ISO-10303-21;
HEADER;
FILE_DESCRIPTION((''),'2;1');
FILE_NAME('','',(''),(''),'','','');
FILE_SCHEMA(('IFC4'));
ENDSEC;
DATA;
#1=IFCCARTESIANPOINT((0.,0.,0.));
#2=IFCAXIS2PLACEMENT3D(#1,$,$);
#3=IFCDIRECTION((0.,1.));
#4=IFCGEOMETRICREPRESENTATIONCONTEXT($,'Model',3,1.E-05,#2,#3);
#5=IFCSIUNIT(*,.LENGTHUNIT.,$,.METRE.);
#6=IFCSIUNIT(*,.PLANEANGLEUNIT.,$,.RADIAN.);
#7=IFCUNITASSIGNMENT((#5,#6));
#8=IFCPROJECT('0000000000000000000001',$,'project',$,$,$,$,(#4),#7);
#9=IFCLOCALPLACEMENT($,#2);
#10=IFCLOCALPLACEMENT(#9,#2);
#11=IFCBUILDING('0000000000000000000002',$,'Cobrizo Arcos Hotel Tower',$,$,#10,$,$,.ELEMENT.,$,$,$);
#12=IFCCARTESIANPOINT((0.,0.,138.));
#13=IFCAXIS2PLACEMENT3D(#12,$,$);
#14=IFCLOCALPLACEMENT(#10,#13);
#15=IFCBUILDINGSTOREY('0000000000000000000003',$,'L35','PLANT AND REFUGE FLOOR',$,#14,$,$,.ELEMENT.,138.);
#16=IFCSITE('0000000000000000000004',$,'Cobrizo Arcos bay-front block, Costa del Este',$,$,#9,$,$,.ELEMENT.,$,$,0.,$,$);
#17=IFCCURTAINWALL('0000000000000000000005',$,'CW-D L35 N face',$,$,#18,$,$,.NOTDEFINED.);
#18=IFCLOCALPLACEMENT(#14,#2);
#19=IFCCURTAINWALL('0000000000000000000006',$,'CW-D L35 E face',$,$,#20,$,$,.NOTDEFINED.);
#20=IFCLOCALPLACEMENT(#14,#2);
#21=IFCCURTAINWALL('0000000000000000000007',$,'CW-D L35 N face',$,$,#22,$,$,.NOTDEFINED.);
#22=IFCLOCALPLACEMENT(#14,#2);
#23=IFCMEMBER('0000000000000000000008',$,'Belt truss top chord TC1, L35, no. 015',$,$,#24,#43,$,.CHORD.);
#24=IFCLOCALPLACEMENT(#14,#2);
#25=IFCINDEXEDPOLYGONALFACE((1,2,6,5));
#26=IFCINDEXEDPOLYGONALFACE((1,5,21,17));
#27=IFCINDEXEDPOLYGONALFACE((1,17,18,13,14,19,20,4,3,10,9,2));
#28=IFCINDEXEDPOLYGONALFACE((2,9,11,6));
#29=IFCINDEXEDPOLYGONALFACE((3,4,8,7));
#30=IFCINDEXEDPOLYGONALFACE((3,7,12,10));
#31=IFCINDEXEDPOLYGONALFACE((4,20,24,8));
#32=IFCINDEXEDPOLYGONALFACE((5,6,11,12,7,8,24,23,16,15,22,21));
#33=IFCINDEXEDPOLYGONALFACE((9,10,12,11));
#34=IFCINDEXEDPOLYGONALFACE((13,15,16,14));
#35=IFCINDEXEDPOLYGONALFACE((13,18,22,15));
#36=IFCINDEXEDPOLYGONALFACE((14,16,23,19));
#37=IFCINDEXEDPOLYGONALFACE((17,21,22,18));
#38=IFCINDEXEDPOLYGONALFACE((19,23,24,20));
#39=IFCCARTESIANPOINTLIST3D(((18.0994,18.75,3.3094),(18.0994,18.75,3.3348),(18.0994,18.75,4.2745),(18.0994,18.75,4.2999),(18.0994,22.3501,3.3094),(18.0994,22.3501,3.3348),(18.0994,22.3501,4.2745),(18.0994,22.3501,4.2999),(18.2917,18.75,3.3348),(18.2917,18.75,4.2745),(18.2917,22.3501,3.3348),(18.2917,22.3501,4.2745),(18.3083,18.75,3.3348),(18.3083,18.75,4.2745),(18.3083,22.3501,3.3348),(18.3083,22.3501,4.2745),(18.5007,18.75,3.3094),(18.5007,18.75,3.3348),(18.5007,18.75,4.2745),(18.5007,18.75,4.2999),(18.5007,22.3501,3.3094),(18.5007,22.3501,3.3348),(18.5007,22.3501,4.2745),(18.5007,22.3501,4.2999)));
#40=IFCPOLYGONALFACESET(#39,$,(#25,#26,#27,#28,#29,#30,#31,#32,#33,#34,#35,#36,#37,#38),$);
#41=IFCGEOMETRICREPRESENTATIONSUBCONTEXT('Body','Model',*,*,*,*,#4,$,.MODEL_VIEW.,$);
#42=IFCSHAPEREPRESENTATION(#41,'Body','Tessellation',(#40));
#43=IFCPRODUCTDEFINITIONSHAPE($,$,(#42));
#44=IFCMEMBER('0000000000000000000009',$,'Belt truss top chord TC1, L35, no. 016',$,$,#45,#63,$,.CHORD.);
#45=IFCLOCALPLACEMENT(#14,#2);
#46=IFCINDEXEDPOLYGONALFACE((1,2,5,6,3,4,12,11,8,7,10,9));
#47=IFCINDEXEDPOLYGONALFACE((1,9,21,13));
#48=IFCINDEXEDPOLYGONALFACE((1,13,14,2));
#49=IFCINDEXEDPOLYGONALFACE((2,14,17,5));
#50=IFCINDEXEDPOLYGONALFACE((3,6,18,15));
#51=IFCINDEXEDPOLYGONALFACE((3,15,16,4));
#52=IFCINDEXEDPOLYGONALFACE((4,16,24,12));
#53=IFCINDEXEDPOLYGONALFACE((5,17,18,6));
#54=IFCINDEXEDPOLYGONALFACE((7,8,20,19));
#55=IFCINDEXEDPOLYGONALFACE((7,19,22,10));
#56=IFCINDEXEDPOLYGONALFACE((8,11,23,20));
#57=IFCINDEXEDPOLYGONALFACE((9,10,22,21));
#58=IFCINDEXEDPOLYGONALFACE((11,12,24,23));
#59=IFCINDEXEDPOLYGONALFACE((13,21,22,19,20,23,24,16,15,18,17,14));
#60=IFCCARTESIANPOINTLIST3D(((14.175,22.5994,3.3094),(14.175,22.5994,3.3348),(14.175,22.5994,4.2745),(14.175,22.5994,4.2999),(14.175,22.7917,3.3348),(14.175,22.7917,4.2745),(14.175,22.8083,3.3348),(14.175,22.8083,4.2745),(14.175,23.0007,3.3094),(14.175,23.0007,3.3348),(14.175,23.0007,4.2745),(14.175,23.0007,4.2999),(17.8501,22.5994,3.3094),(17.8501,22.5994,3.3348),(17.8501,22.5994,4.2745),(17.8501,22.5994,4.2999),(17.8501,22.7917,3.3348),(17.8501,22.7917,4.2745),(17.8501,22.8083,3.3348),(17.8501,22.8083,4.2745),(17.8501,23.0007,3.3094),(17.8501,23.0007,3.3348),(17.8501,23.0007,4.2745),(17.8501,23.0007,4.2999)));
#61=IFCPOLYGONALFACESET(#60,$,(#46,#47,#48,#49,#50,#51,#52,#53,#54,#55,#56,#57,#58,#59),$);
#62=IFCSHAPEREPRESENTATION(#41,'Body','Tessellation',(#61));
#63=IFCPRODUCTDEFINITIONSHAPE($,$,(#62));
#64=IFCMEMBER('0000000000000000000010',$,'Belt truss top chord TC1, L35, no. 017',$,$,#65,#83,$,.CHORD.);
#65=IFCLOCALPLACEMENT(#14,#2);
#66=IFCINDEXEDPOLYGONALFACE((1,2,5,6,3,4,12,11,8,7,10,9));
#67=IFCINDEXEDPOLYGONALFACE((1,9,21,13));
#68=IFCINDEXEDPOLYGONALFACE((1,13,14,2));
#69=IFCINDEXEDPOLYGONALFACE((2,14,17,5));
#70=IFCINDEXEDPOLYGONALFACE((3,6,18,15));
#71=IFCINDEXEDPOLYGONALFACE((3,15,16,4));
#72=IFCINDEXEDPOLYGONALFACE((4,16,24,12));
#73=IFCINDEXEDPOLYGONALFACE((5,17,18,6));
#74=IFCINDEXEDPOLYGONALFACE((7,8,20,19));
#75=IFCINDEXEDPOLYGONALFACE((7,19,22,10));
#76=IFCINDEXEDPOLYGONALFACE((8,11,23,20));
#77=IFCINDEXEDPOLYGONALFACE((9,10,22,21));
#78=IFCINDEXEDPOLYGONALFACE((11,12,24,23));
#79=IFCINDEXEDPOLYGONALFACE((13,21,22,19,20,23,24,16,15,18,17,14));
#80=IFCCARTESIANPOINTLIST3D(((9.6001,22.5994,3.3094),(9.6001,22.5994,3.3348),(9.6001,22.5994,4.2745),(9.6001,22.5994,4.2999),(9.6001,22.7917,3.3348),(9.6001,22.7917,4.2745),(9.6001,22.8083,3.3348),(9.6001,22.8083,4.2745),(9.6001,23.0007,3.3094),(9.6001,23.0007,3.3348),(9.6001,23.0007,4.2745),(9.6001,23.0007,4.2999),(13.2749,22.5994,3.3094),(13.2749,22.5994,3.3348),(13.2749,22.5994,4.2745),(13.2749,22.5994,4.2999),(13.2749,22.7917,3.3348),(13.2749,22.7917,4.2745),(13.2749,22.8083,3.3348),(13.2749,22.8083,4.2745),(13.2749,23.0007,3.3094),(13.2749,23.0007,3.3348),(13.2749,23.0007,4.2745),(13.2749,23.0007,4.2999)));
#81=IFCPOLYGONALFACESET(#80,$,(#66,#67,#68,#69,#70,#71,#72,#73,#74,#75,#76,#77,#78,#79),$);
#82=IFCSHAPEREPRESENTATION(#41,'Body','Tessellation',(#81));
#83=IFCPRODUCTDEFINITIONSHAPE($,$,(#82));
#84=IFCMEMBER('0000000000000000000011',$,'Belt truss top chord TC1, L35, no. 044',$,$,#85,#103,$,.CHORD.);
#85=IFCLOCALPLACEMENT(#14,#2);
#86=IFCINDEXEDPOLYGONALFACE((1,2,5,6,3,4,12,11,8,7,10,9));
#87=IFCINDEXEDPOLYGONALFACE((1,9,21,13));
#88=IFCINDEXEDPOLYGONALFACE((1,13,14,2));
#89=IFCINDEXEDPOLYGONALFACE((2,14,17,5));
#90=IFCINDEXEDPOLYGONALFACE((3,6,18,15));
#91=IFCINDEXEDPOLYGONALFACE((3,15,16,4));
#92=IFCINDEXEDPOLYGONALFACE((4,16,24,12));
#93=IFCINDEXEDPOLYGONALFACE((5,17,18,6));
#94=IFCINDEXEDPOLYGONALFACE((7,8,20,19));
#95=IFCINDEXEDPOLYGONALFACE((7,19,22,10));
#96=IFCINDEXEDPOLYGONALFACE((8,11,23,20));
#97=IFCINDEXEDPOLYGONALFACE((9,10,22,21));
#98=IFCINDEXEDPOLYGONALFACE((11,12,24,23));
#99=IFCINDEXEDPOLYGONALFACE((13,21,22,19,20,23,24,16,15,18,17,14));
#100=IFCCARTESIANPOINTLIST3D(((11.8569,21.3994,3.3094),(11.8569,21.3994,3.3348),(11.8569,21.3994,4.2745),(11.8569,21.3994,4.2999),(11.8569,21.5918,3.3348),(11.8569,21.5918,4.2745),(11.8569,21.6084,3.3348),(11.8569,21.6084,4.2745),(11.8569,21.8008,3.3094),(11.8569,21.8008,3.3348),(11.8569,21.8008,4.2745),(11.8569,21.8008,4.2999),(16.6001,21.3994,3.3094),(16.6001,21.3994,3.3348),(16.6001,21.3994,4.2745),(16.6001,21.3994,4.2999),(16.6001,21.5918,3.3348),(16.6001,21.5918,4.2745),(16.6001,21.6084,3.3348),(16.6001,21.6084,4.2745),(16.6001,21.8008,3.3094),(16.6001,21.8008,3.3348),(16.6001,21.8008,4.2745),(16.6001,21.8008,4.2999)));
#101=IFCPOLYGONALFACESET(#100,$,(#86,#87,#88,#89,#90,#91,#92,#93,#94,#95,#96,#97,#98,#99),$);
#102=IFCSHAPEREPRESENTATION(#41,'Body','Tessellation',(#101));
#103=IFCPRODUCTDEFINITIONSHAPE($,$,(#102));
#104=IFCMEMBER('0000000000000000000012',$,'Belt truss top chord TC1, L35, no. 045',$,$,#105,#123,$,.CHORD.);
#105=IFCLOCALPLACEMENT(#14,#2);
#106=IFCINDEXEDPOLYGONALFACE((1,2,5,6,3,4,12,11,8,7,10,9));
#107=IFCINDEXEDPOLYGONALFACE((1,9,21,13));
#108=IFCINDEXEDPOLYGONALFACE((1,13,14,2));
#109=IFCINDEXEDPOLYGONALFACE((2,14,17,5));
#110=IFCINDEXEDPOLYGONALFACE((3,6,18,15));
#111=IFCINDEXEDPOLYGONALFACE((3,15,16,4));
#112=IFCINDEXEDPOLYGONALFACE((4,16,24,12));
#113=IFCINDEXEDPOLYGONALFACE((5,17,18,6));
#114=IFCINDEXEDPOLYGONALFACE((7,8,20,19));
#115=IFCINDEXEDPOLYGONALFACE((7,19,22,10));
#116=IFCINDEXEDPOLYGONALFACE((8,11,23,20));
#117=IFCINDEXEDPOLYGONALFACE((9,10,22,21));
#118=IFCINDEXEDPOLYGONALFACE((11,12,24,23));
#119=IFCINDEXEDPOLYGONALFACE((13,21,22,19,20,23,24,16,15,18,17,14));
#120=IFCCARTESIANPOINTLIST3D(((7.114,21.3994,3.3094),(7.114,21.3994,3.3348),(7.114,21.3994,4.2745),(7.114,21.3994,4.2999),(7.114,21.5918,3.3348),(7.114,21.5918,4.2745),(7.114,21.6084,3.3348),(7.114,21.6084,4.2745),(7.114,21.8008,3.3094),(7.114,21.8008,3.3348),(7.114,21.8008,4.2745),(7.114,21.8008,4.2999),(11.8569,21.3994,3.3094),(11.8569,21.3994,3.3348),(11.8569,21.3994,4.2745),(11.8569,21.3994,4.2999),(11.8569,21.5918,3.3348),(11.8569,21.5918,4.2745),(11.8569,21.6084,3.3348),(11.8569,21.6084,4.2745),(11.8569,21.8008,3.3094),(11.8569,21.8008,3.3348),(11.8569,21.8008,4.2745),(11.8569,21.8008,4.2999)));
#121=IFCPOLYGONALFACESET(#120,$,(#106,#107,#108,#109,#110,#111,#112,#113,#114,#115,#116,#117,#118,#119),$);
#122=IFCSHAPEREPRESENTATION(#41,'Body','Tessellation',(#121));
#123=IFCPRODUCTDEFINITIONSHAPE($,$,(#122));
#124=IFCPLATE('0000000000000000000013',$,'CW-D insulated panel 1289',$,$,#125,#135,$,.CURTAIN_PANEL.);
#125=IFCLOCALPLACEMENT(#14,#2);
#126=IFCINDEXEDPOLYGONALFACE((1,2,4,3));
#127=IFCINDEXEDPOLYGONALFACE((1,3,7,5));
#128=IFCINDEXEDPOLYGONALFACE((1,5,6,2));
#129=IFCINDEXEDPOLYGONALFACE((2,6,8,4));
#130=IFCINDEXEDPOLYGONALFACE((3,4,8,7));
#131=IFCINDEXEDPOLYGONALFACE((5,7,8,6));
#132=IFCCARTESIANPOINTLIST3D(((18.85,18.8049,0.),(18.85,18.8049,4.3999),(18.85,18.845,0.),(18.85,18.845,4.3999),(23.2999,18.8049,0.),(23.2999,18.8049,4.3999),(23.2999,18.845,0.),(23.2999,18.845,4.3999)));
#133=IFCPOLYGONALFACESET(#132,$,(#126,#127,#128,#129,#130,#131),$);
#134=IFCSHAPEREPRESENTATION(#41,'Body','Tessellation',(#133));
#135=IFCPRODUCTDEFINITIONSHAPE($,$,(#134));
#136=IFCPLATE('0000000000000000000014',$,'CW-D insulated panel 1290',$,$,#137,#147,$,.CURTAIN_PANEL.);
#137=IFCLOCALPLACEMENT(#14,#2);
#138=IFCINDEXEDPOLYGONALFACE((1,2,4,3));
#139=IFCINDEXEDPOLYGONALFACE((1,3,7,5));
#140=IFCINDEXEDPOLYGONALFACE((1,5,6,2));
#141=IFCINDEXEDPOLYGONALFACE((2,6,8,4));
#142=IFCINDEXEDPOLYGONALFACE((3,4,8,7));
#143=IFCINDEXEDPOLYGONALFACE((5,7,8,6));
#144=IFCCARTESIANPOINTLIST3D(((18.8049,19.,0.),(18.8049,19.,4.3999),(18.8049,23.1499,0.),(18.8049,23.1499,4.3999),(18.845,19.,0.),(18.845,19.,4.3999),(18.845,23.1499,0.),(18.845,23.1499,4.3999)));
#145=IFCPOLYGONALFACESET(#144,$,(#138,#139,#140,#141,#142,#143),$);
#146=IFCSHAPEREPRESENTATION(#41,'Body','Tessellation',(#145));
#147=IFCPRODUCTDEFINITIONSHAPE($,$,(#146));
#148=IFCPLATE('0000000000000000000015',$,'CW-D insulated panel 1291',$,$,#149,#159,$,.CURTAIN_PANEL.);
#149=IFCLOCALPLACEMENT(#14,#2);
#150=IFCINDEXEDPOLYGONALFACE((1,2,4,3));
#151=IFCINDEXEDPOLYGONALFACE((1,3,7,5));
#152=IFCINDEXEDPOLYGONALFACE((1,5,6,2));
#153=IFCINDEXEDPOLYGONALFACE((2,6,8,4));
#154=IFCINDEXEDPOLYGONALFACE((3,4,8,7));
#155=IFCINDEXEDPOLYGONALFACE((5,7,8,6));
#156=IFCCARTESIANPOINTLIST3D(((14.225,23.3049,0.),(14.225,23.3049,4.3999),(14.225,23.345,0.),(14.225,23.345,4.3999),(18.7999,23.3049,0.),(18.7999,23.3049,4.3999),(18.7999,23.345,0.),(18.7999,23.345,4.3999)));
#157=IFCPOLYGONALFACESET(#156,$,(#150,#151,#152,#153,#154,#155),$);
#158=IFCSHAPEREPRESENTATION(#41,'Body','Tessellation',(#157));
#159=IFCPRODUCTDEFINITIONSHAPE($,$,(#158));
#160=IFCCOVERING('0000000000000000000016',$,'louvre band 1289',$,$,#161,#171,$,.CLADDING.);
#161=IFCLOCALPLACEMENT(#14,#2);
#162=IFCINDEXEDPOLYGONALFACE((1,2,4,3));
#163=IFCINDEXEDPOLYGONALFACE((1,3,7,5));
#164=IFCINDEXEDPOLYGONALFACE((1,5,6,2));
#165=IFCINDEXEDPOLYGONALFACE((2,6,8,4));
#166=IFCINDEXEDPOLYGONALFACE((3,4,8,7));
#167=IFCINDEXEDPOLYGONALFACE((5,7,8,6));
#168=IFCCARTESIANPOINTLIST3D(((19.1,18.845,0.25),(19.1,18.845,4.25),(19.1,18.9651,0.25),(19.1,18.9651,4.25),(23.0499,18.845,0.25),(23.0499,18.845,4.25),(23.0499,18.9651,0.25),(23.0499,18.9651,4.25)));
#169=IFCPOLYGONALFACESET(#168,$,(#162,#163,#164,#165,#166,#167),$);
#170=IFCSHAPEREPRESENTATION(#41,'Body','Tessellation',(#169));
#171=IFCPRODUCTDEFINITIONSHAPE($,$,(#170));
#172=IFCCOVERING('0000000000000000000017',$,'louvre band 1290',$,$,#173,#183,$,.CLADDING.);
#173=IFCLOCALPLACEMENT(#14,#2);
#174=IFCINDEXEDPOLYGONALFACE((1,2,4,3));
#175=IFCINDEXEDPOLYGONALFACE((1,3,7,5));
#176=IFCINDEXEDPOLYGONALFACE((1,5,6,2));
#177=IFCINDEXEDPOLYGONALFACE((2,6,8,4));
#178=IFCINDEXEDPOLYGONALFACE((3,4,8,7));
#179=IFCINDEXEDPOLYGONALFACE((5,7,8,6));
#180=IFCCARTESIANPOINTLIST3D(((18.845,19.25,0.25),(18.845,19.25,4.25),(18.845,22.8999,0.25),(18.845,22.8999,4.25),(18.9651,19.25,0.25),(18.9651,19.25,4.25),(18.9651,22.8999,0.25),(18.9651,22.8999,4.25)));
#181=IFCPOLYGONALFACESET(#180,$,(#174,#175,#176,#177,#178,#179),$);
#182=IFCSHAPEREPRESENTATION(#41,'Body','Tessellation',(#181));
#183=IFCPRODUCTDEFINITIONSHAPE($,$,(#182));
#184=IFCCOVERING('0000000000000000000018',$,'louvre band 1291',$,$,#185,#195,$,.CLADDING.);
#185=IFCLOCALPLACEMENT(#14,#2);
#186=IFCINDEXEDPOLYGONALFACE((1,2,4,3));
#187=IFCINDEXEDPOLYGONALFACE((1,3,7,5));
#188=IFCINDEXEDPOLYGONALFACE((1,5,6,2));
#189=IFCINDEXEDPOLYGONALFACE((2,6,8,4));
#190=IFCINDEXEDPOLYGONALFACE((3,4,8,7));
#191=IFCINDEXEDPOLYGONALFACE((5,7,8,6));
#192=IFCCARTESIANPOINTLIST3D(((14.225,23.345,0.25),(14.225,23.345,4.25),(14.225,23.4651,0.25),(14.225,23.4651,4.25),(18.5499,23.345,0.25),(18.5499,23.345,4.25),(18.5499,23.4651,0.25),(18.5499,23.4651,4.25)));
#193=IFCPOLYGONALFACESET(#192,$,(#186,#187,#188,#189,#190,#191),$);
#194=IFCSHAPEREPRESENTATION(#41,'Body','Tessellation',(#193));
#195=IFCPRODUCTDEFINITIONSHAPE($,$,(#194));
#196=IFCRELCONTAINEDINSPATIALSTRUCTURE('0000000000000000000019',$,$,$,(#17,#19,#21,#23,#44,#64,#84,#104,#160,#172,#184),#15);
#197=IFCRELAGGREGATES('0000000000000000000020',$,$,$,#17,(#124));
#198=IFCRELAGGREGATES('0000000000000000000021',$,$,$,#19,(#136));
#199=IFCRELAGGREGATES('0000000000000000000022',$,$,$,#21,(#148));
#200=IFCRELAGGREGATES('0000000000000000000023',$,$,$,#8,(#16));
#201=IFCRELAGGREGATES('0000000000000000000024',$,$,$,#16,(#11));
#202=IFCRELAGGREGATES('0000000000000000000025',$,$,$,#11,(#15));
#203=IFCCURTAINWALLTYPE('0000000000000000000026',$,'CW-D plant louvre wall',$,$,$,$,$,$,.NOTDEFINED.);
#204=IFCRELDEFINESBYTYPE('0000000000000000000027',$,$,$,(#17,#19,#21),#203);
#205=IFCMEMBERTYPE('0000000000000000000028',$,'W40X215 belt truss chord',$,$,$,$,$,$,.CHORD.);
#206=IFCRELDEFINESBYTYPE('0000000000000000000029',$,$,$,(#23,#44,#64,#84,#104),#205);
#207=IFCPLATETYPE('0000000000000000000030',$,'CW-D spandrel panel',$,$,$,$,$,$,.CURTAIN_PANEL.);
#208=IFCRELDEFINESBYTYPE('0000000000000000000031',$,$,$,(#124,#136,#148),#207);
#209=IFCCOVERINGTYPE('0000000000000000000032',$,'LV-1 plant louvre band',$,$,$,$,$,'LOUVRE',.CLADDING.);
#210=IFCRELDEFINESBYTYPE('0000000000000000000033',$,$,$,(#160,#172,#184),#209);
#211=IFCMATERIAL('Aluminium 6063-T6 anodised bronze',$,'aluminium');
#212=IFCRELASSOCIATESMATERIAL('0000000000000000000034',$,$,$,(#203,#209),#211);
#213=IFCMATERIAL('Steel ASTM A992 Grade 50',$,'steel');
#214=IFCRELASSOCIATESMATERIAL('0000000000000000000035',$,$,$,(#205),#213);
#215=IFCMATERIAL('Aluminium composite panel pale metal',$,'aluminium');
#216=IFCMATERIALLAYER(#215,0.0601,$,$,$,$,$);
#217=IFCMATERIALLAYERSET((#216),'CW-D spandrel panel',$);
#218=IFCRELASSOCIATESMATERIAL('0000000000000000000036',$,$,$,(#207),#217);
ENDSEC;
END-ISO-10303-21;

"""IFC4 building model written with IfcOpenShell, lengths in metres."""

from ifc_helpers import new_model, si_unit, direction, frame, origin, origin_2d, place, context, subcontext, project, spatial, rectangle, i_section, extrude, material, layer, layer_set, material_profile, profile_set, type_object, element, aggregate, save


model = new_model("IFC4")

# Units and contexts
model_context = context("Model", 3, precision=1e-05, world=origin(), true_north=direction((0.0, 1.0)))
body_context = subcontext(model_context, "Body", "Model", "MODEL_VIEW")
ifc_project = project(units=[si_unit("LENGTHUNIT", "METRE"), si_unit("PLANEANGLEUNIT", "RADIAN")], contexts=[model_context])

# Site, building, storey
site_placement = place(None, origin())
site = spatial("IfcSite", under=ifc_project, at=site_placement, Name="Cobrizo Arcos bay-front block, Costa del Este", CompositionType="ELEMENT", RefElevation=0.0)
building_placement = place(site_placement, origin())
building = spatial("IfcBuilding", under=site, at=building_placement, Name="Cobrizo Arcos Hotel Tower", CompositionType="ELEMENT")
storey_placement = place(building_placement, frame((0.0, 0.0, 138.0)))
storey = spatial("IfcBuildingStorey", under=building, at=storey_placement, Name="L35", Description="PLANT AND REFUGE FLOOR", CompositionType="ELEMENT", Elevation=138.0)

# Shared definitions
ifc_material_1 = material(Name="Aluminium 6063-T6 anodised bronze", Category="aluminium")
curtain_wall_type = type_object("IfcCurtainWallType", Name="CW-D plant louvre wall", PredefinedType="NOTDEFINED", material=ifc_material_1)

# Curtain walls
curtain_wall_1_placement = place(storey_placement, origin())
curtain_wall_1 = element("IfcCurtainWall", 1, at=curtain_wall_1_placement, inside=storey, type_object=curtain_wall_type, Name="CW-D L35 N face", PredefinedType="NOTDEFINED")
curtain_wall_2_placement = place(storey_placement, origin())
curtain_wall_2 = element("IfcCurtainWall", 2, at=curtain_wall_2_placement, inside=storey, type_object=curtain_wall_type, Name="CW-D L35 E face", PredefinedType="NOTDEFINED")
curtain_wall_3_placement = place(storey_placement, origin())
curtain_wall_3 = element("IfcCurtainWall", 3, at=curtain_wall_3_placement, inside=storey, type_object=curtain_wall_type, Name="CW-D L35 N face", PredefinedType="NOTDEFINED")

# Members
ifc_material_2 = material(Name="Steel ASTM A992 Grade 50", Category="steel")
ifc_material_profile_1 = material_profile(ifc_material_2, i_section(OverallWidth=0.4014, OverallDepth=0.9905, WebThickness=0.0166, FlangeThickness=0.0254, at=origin_2d()), Name="W40X215")
ifc_profile_set_1 = profile_set([ifc_material_profile_1], Name="Steel ASTM A992 Grade 50")
member_type_1 = type_object("IfcMemberType", Name="W40X215 belt truss chord", PredefinedType="CHORD", material=ifc_profile_set_1)
for number, where, z_axis, x_axis, name in (
    (4, (18.3, 18.75, 3.8047), (0.0, 1.0, 0.0), (-1.0, 0.0, 0.0), "Belt truss top chord TC1, L35, no. 015"),
):
    element("IfcMember", number, at=place(storey_placement, frame(where, z_axis=z_axis, x_axis=x_axis)), inside=storey, type_object=member_type_1, Name=name, PredefinedType="CHORD", context=body_context, shape_type="SweptSolid", body=[
        extrude(i_section(OverallWidth=0.4014, OverallDepth=0.9905, WebThickness=0.0166, FlangeThickness=0.0254, at=origin_2d()), origin(), (0.0, 0.0, 1.0), 3.6001),
    ])
member_1_placement = place(storey_placement, frame((17.8501, 22.8, 3.8047), z_axis=(-1.0, 0.0, 0.0), x_axis=(0.0, -1.0, 0.0)))
element("IfcMember", 5, at=member_1_placement, inside=storey, type_object=member_type_1, Name="Belt truss top chord TC1, L35, no. 016", PredefinedType="CHORD", context=body_context, shape_type="SweptSolid", body=[
    extrude(i_section(OverallWidth=0.4014, OverallDepth=0.9905, WebThickness=0.0166, FlangeThickness=0.0254, at=origin_2d()), origin(), (0.0, 0.0, 1.0), 3.675),
])
member_2_placement = place(storey_placement, frame((13.2749, 22.8, 3.8047), z_axis=(-1.0, 0.0, 0.0), x_axis=(0.0, -1.0, 0.0)))
element("IfcMember", 6, at=member_2_placement, inside=storey, type_object=member_type_1, Name="Belt truss top chord TC1, L35, no. 017", PredefinedType="CHORD", context=body_context, shape_type="SweptSolid", body=[
    extrude(i_section(OverallWidth=0.4014, OverallDepth=0.9905, WebThickness=0.0166, FlangeThickness=0.0254, at=origin_2d()), origin(), (0.0, 0.0, 1.0), 3.6748),
])
member_3_placement = place(storey_placement, frame((16.6001, 21.6001, 3.8047), z_axis=(-1.0, 0.0, 0.0), x_axis=(0.0, -1.0, 0.0)))
element("IfcMember", 7, at=member_3_placement, inside=storey, type_object=member_type_1, Name="Belt truss top chord TC1, L35, no. 044", PredefinedType="CHORD", context=body_context, shape_type="SweptSolid", body=[
    extrude(i_section(OverallWidth=0.4014, OverallDepth=0.9905, WebThickness=0.0166, FlangeThickness=0.0254, at=origin_2d()), origin(), (0.0, 0.0, 1.0), 4.7432),
])
member_4_placement = place(storey_placement, frame((11.8569, 21.6001, 3.8047), z_axis=(-1.0, 0.0, 0.0), x_axis=(0.0, -1.0, 0.0)))
element("IfcMember", 8, at=member_4_placement, inside=storey, type_object=member_type_1, Name="Belt truss top chord TC1, L35, no. 045", PredefinedType="CHORD", context=body_context, shape_type="SweptSolid", body=[
    extrude(i_section(OverallWidth=0.4014, OverallDepth=0.9905, WebThickness=0.0166, FlangeThickness=0.0254, at=origin_2d()), origin(), (0.0, 0.0, 1.0), 4.7429),
])

# Plates
ifc_material_3 = material(Name="Aluminium composite panel pale metal", Category="aluminium")
ifc_layer = layer(ifc_material_3, 0.0601)
ifc_layer_set = layer_set([ifc_layer], Name="CW-D spandrel panel")
plate_type = type_object("IfcPlateType", Name="CW-D spandrel panel", PredefinedType="CURTAIN_PANEL", material=ifc_layer_set)
plate_1_placement = place(storey_placement, frame((21.075, 18.825, 0.0), z_axis=(0.0, 0.0, 1.0), x_axis=(-1.0, 0.0, 0.0)))
plate_1 = element("IfcPlate", 9, at=plate_1_placement, type_object=plate_type, Name="CW-D insulated panel 1289", PredefinedType="CURTAIN_PANEL", context=body_context, shape_type="SweptSolid", body=[
    extrude(rectangle(XDim=4.45, YDim=0.04, at=origin_2d()), origin(), (0.0, 0.0, 1.0), 4.3999),
])
aggregate(curtain_wall_1, [plate_1])
plate_2_placement = place(storey_placement, frame((18.825, 21.075, 0.0), z_axis=(0.0, 0.0, 1.0), x_axis=(0.0, 1.0, 0.0)))
plate_2 = element("IfcPlate", 10, at=plate_2_placement, type_object=plate_type, Name="CW-D insulated panel 1290", PredefinedType="CURTAIN_PANEL", context=body_context, shape_type="SweptSolid", body=[
    extrude(rectangle(XDim=4.1499, YDim=0.04, at=origin_2d()), origin(), (0.0, 0.0, 1.0), 4.3999),
])
aggregate(curtain_wall_2, [plate_2])
plate_3_placement = place(storey_placement, frame((16.5125, 23.325, 0.0), z_axis=(0.0, 0.0, 1.0), x_axis=(-1.0, 0.0, 0.0)))
plate_3 = element("IfcPlate", 11, at=plate_3_placement, type_object=plate_type, Name="CW-D insulated panel 1291", PredefinedType="CURTAIN_PANEL", context=body_context, shape_type="SweptSolid", body=[
    extrude(rectangle(XDim=4.575, YDim=0.04, at=origin_2d()), origin(), (0.0, 0.0, 1.0), 4.3999),
])
aggregate(curtain_wall_3, [plate_3])

# Coverings
covering_type = type_object("IfcCoveringType", Name="LV-1 plant louvre band", ElementType="LOUVRE", PredefinedType="CLADDING", material=ifc_material_1)
covering_1_placement = place(storey_placement, frame((21.075, 18.905, 0.25), z_axis=(0.0, 0.0, 1.0), x_axis=(-1.0, 0.0, 0.0)))
element("IfcCovering", 12, at=covering_1_placement, inside=storey, type_object=covering_type, Name="louvre band 1289", PredefinedType="CLADDING", context=body_context, shape_type="SweptSolid", body=[
    extrude(rectangle(XDim=3.95, YDim=0.1201, at=origin_2d()), origin(), (0.0, 0.0, 1.0), 4.0),
])
covering_2_placement = place(storey_placement, frame((18.905, 21.075, 0.25), z_axis=(0.0, 0.0, 1.0), x_axis=(0.0, 1.0, 0.0)))
element("IfcCovering", 13, at=covering_2_placement, inside=storey, type_object=covering_type, Name="louvre band 1290", PredefinedType="CLADDING", context=body_context, shape_type="SweptSolid", body=[
    extrude(rectangle(XDim=3.6499, YDim=0.1201, at=origin_2d()), origin(), (0.0, 0.0, 1.0), 4.0),
])
covering_3_placement = place(storey_placement, frame((16.3875, 23.405, 0.25), z_axis=(0.0, 0.0, 1.0), x_axis=(-1.0, 0.0, 0.0)))
element("IfcCovering", 14, at=covering_3_placement, inside=storey, type_object=covering_type, Name="louvre band 1291", PredefinedType="CLADDING", context=body_context, shape_type="SweptSolid", body=[
    extrude(rectangle(XDim=4.325, YDim=0.1201, at=origin_2d()), origin(), (0.0, 0.0, 1.0), 4.0),
])

save(model, "model.ifc")
